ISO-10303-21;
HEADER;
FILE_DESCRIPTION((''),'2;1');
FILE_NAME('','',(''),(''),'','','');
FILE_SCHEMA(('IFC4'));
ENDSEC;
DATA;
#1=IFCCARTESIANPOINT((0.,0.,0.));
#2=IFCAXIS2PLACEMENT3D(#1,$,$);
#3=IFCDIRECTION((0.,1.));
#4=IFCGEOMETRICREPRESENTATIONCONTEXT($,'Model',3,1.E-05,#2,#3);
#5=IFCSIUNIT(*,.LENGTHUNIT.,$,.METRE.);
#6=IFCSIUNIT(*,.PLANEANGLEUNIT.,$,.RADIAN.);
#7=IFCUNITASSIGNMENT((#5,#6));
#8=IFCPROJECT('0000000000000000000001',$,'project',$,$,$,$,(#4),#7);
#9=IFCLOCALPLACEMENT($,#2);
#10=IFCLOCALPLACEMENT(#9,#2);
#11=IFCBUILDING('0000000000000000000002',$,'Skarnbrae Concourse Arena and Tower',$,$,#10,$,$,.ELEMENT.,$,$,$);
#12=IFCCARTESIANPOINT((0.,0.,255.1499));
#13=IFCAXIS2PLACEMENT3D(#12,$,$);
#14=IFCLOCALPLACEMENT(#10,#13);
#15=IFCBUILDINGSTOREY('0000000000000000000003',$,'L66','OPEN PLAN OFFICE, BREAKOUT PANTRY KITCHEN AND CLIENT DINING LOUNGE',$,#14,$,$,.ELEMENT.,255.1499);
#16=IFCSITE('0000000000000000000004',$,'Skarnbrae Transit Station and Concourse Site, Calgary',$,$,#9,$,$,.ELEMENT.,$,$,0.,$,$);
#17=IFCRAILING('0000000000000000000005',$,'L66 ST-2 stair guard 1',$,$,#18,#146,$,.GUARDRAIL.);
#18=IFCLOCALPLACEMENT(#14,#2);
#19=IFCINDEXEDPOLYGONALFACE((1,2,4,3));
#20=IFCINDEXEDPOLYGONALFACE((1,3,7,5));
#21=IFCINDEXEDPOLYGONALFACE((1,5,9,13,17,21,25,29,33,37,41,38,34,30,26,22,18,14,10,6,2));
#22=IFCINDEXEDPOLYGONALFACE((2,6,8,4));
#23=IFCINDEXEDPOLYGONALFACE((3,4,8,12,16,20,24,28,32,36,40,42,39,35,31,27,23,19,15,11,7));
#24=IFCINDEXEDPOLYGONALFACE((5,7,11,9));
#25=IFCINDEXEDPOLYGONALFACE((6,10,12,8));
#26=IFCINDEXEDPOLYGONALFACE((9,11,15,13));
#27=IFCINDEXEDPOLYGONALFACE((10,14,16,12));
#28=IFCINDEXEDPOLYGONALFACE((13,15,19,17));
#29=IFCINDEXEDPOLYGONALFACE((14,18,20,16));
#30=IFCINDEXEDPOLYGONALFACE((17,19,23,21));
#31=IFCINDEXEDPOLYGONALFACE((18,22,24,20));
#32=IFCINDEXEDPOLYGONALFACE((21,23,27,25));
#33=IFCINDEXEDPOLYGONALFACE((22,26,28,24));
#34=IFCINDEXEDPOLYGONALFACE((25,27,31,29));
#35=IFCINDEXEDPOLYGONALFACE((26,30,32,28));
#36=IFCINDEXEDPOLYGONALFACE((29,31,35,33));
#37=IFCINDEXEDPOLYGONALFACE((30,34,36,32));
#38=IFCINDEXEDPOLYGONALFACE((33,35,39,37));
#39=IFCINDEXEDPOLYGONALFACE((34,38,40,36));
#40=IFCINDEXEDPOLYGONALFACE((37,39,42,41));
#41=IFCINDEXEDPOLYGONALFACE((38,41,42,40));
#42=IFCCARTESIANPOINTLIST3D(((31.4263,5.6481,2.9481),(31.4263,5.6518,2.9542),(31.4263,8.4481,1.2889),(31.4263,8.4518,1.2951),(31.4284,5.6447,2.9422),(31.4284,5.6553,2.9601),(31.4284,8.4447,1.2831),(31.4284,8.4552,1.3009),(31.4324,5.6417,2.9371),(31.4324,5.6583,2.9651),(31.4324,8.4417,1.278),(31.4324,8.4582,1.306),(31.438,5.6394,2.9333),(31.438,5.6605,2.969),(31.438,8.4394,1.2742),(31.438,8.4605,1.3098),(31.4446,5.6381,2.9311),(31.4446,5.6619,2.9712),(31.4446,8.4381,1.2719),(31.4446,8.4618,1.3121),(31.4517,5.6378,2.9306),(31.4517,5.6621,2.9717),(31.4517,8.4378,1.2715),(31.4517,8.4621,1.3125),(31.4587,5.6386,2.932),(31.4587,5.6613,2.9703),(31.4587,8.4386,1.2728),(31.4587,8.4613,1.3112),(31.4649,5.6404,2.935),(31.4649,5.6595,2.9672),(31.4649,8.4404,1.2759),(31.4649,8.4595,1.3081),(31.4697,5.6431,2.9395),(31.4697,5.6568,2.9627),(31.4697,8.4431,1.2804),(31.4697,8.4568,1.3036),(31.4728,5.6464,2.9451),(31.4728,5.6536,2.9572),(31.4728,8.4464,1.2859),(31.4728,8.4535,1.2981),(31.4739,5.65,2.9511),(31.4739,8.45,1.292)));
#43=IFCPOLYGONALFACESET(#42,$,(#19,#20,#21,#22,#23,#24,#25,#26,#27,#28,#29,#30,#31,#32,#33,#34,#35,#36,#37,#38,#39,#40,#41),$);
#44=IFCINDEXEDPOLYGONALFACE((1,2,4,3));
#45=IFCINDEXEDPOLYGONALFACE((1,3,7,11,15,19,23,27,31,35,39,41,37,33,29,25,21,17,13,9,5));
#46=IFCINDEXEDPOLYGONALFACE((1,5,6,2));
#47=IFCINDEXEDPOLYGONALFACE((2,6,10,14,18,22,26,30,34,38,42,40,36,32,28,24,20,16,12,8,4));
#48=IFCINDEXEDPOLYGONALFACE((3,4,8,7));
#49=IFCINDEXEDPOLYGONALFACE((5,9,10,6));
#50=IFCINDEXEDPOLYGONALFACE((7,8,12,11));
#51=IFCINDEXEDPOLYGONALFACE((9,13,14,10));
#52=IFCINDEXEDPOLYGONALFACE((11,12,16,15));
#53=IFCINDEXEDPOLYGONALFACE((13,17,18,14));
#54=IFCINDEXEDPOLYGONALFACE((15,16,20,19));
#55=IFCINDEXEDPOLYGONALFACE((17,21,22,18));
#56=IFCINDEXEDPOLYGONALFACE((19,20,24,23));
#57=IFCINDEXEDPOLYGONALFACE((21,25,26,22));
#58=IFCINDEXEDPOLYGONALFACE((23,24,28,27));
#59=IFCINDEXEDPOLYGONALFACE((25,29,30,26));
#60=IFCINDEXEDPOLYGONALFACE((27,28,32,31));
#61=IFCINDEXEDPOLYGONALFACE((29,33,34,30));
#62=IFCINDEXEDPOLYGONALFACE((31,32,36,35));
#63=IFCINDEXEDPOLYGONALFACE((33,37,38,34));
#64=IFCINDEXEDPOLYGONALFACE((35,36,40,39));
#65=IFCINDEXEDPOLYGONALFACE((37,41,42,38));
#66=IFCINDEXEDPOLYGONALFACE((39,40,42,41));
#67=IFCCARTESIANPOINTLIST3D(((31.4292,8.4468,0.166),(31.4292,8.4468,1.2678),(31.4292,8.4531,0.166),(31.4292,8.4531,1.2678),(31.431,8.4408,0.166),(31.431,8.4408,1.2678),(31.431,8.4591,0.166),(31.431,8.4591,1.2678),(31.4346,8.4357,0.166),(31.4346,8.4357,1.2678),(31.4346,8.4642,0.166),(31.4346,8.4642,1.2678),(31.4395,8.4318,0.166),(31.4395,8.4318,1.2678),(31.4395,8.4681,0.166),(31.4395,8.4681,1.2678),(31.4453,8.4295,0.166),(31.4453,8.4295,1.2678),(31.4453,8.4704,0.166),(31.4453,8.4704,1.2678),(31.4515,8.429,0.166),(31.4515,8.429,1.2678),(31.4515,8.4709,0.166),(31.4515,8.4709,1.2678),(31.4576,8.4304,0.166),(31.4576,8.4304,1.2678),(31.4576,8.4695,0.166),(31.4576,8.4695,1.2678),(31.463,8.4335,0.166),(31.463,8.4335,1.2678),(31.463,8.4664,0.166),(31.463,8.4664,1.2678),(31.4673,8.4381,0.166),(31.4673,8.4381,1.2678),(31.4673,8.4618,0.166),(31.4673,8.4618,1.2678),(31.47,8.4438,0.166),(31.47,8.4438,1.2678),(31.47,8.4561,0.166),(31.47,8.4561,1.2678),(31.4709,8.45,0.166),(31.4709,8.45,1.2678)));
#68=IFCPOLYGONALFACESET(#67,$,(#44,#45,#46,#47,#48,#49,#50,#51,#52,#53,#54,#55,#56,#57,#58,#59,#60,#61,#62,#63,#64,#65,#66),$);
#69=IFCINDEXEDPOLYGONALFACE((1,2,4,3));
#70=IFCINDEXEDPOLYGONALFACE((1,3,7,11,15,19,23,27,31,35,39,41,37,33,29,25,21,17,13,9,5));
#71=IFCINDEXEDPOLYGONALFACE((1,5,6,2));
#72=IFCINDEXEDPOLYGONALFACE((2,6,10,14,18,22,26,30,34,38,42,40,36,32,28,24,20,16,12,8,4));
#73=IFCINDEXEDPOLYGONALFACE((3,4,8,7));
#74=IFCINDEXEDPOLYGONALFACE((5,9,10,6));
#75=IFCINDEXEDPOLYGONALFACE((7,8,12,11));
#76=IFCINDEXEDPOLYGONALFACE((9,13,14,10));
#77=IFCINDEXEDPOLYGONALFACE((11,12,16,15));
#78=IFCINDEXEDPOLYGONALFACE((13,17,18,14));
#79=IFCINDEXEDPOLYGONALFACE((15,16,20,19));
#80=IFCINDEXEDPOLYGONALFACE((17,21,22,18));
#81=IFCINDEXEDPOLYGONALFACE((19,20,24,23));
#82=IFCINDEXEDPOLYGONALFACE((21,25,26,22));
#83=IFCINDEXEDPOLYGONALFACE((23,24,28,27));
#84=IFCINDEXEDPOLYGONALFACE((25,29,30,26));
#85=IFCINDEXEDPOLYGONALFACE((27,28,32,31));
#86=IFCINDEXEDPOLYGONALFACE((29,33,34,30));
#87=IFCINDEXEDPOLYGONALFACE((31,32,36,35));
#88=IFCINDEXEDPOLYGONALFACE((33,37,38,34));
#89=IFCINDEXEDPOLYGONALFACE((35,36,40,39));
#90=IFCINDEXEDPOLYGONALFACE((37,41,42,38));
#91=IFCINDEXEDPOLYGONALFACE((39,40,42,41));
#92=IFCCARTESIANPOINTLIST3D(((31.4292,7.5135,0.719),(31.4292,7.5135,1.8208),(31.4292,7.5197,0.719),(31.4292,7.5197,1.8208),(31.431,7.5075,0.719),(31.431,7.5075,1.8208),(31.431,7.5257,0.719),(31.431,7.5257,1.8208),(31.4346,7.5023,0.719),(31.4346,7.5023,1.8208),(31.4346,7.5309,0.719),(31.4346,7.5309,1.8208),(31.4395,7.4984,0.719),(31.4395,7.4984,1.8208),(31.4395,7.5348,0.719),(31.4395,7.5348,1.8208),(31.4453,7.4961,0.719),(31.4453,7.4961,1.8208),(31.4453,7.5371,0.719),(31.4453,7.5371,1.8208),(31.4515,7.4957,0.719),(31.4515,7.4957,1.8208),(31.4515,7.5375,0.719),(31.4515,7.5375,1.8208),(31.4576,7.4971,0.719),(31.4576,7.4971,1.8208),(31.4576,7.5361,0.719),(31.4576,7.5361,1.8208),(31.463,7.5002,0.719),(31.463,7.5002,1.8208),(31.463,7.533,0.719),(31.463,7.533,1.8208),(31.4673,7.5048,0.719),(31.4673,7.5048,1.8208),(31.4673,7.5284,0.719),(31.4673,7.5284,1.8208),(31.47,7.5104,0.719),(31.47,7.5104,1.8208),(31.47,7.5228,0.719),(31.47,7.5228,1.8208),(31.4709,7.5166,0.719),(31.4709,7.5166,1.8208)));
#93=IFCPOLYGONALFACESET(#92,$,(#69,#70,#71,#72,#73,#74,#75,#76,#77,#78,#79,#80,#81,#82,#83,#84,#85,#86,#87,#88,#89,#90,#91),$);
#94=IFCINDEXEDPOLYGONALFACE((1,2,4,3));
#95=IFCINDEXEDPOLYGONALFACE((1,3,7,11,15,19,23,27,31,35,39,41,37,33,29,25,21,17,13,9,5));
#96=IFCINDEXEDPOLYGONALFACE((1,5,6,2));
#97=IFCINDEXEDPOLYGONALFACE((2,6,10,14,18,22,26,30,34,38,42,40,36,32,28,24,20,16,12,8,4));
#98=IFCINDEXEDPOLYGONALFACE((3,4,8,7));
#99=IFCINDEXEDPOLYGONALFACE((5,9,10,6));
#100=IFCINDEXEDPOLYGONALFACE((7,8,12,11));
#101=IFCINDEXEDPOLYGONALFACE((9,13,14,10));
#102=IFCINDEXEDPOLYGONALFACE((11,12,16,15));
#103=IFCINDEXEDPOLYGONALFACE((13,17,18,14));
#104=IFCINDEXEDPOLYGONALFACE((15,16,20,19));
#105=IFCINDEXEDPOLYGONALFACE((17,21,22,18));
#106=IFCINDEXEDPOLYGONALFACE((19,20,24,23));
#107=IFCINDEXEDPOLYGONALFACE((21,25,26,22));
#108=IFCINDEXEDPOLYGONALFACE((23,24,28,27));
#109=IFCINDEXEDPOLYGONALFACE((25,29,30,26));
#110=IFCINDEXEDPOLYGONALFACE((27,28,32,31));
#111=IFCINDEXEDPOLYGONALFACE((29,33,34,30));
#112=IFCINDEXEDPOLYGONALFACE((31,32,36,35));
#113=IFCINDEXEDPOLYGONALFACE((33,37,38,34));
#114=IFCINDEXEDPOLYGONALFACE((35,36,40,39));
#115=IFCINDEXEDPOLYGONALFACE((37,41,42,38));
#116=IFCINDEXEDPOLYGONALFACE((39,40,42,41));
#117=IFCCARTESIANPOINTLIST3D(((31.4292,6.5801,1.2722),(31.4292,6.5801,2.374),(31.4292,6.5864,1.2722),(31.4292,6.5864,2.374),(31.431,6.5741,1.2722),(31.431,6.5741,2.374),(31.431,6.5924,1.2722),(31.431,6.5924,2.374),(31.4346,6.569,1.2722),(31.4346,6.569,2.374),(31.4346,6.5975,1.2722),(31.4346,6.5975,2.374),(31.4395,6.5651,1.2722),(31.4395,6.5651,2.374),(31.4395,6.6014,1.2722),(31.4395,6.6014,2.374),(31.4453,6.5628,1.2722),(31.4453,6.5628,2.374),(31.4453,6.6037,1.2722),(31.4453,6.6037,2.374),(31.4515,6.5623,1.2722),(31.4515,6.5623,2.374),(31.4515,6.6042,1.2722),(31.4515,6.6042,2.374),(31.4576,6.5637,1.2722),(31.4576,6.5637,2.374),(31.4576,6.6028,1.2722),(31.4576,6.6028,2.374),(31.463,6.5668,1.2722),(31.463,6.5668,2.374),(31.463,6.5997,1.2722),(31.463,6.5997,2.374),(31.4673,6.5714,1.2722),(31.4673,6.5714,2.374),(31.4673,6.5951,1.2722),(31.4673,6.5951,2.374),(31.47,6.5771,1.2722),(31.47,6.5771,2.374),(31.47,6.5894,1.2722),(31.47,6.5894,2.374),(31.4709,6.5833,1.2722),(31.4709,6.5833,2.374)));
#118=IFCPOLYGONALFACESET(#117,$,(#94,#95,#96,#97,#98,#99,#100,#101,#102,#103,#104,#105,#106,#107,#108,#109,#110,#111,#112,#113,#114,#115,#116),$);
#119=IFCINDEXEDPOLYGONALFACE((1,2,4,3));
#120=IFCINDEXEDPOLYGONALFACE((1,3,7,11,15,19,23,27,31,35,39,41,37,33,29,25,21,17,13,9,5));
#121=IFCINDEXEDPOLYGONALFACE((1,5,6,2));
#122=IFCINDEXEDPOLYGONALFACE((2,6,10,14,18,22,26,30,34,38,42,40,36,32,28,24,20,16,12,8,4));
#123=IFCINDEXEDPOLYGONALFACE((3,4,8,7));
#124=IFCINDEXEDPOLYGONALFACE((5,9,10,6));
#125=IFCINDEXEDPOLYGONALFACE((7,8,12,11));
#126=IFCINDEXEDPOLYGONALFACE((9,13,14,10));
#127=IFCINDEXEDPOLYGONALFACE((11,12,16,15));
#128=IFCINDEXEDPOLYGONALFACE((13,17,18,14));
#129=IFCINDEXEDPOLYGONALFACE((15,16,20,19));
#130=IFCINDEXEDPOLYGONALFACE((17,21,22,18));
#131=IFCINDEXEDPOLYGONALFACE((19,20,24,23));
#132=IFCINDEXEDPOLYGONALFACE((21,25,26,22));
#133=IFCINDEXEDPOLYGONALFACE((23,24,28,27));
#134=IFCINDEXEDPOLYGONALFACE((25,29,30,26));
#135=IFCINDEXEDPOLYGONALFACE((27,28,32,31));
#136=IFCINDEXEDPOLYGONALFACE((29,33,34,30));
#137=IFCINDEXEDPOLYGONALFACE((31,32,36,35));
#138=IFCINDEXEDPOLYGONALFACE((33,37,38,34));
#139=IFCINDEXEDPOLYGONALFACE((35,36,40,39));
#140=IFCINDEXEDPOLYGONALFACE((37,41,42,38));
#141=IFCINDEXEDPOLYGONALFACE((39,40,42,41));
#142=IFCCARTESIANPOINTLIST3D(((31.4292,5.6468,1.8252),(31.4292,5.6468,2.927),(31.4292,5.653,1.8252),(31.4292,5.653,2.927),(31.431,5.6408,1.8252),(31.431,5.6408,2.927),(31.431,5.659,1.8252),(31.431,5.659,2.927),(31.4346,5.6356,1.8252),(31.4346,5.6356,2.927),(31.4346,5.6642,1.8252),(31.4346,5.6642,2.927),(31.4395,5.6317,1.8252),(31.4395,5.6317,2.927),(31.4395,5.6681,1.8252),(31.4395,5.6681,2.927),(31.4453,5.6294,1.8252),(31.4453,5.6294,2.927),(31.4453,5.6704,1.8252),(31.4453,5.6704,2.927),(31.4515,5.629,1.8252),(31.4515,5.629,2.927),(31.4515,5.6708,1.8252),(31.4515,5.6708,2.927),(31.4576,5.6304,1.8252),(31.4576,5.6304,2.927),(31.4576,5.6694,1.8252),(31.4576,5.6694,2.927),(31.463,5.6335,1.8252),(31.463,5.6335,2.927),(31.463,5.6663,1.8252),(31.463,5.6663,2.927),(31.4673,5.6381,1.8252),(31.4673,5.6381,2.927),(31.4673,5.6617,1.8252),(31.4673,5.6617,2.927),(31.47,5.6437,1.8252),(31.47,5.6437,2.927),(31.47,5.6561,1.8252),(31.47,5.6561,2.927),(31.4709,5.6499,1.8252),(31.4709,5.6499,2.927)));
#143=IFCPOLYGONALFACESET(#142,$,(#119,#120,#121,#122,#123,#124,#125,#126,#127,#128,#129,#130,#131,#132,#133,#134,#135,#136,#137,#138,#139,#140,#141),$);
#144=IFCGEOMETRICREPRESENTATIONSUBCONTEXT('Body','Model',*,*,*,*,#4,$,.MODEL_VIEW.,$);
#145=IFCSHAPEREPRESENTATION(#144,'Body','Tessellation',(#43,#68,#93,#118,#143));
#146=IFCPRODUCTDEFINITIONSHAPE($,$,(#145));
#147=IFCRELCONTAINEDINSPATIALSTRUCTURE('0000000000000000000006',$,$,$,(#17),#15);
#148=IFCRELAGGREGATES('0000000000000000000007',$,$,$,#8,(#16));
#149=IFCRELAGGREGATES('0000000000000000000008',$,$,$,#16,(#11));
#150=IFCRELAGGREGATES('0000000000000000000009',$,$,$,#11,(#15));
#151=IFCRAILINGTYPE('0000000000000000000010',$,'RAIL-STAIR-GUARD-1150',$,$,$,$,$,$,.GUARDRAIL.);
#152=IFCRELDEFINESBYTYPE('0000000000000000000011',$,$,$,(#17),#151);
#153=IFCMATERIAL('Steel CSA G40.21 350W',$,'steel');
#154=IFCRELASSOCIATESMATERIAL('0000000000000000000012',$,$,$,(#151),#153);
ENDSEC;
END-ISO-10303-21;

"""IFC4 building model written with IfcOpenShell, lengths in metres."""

from ifc_helpers import new_model, si_unit, direction, frame, origin, origin_2d, place, context, subcontext, project, spatial, circle, extrude, material, type_object, element, save


model = new_model("IFC4")

# Units and contexts
model_context = context("Model", 3, precision=1e-05, world=origin(), true_north=direction((0.0, 1.0)))
body_context = subcontext(model_context, "Body", "Model", "MODEL_VIEW")
ifc_project = project(units=[si_unit("LENGTHUNIT", "METRE"), si_unit("PLANEANGLEUNIT", "RADIAN")], contexts=[model_context])

# Site, building, storey
site_placement = place(None, origin())
site = spatial("IfcSite", under=ifc_project, at=site_placement, Name="Skarnbrae Transit Station and Concourse Site, Calgary", CompositionType="ELEMENT", RefElevation=0.0)
building_placement = place(site_placement, origin())
building = spatial("IfcBuilding", under=site, at=building_placement, Name="Skarnbrae Concourse Arena and Tower", CompositionType="ELEMENT")
storey_placement = place(building_placement, frame((0.0, 0.0, 255.1499)))
storey = spatial("IfcBuildingStorey", under=building, at=storey_placement, Name="L66", Description="OPEN PLAN OFFICE, BREAKOUT PANTRY KITCHEN AND CLIENT DINING LOUNGE", CompositionType="ELEMENT", Elevation=255.1499)

# Shared definitions
ifc_material_1 = material(Name="Steel CSA G40.21 350W", Category="steel")

# Railing
railing_type = type_object("IfcRailingType", Name="RAIL-STAIR-GUARD-1150", PredefinedType="GUARDRAIL", material=ifc_material_1)
railing_1_placement = place(storey_placement, frame((31.45, 8.45, 0.166)))
element("IfcRailing", 1, at=railing_1_placement, inside=storey, type_object=railing_type, Name="L66 ST-2 stair guard 1", PredefinedType="GUARDRAIL", context=body_context, shape_type="SweptSolid", body=[
    extrude(circle(Radius=0.0239, at=origin_2d()), frame((0.0, 0.0, 1.126), z_axis=(0.0, -0.860306, 0.509778), x_axis=(1.0, 0.0, 0.0)), (0.0, 0.0, 1.0), 3.2546),
    extrude(circle(Radius=0.021, at=origin_2d()), origin(), (0.0, 0.0, 1.0), 1.1018),
    extrude(circle(Radius=0.021, at=origin_2d()), frame((0.0, -0.9333, 0.553)), (0.0, 0.0, 1.0), 1.1018),
    extrude(circle(Radius=0.021, at=origin_2d()), frame((0.0, -1.8667, 1.1062)), (0.0, 0.0, 1.0), 1.1018),
    extrude(circle(Radius=0.021, at=origin_2d()), frame((0.0, -2.8, 1.6592)), (0.0, 0.0, 1.0), 1.1018),
])

save(model, "model.ifc")
